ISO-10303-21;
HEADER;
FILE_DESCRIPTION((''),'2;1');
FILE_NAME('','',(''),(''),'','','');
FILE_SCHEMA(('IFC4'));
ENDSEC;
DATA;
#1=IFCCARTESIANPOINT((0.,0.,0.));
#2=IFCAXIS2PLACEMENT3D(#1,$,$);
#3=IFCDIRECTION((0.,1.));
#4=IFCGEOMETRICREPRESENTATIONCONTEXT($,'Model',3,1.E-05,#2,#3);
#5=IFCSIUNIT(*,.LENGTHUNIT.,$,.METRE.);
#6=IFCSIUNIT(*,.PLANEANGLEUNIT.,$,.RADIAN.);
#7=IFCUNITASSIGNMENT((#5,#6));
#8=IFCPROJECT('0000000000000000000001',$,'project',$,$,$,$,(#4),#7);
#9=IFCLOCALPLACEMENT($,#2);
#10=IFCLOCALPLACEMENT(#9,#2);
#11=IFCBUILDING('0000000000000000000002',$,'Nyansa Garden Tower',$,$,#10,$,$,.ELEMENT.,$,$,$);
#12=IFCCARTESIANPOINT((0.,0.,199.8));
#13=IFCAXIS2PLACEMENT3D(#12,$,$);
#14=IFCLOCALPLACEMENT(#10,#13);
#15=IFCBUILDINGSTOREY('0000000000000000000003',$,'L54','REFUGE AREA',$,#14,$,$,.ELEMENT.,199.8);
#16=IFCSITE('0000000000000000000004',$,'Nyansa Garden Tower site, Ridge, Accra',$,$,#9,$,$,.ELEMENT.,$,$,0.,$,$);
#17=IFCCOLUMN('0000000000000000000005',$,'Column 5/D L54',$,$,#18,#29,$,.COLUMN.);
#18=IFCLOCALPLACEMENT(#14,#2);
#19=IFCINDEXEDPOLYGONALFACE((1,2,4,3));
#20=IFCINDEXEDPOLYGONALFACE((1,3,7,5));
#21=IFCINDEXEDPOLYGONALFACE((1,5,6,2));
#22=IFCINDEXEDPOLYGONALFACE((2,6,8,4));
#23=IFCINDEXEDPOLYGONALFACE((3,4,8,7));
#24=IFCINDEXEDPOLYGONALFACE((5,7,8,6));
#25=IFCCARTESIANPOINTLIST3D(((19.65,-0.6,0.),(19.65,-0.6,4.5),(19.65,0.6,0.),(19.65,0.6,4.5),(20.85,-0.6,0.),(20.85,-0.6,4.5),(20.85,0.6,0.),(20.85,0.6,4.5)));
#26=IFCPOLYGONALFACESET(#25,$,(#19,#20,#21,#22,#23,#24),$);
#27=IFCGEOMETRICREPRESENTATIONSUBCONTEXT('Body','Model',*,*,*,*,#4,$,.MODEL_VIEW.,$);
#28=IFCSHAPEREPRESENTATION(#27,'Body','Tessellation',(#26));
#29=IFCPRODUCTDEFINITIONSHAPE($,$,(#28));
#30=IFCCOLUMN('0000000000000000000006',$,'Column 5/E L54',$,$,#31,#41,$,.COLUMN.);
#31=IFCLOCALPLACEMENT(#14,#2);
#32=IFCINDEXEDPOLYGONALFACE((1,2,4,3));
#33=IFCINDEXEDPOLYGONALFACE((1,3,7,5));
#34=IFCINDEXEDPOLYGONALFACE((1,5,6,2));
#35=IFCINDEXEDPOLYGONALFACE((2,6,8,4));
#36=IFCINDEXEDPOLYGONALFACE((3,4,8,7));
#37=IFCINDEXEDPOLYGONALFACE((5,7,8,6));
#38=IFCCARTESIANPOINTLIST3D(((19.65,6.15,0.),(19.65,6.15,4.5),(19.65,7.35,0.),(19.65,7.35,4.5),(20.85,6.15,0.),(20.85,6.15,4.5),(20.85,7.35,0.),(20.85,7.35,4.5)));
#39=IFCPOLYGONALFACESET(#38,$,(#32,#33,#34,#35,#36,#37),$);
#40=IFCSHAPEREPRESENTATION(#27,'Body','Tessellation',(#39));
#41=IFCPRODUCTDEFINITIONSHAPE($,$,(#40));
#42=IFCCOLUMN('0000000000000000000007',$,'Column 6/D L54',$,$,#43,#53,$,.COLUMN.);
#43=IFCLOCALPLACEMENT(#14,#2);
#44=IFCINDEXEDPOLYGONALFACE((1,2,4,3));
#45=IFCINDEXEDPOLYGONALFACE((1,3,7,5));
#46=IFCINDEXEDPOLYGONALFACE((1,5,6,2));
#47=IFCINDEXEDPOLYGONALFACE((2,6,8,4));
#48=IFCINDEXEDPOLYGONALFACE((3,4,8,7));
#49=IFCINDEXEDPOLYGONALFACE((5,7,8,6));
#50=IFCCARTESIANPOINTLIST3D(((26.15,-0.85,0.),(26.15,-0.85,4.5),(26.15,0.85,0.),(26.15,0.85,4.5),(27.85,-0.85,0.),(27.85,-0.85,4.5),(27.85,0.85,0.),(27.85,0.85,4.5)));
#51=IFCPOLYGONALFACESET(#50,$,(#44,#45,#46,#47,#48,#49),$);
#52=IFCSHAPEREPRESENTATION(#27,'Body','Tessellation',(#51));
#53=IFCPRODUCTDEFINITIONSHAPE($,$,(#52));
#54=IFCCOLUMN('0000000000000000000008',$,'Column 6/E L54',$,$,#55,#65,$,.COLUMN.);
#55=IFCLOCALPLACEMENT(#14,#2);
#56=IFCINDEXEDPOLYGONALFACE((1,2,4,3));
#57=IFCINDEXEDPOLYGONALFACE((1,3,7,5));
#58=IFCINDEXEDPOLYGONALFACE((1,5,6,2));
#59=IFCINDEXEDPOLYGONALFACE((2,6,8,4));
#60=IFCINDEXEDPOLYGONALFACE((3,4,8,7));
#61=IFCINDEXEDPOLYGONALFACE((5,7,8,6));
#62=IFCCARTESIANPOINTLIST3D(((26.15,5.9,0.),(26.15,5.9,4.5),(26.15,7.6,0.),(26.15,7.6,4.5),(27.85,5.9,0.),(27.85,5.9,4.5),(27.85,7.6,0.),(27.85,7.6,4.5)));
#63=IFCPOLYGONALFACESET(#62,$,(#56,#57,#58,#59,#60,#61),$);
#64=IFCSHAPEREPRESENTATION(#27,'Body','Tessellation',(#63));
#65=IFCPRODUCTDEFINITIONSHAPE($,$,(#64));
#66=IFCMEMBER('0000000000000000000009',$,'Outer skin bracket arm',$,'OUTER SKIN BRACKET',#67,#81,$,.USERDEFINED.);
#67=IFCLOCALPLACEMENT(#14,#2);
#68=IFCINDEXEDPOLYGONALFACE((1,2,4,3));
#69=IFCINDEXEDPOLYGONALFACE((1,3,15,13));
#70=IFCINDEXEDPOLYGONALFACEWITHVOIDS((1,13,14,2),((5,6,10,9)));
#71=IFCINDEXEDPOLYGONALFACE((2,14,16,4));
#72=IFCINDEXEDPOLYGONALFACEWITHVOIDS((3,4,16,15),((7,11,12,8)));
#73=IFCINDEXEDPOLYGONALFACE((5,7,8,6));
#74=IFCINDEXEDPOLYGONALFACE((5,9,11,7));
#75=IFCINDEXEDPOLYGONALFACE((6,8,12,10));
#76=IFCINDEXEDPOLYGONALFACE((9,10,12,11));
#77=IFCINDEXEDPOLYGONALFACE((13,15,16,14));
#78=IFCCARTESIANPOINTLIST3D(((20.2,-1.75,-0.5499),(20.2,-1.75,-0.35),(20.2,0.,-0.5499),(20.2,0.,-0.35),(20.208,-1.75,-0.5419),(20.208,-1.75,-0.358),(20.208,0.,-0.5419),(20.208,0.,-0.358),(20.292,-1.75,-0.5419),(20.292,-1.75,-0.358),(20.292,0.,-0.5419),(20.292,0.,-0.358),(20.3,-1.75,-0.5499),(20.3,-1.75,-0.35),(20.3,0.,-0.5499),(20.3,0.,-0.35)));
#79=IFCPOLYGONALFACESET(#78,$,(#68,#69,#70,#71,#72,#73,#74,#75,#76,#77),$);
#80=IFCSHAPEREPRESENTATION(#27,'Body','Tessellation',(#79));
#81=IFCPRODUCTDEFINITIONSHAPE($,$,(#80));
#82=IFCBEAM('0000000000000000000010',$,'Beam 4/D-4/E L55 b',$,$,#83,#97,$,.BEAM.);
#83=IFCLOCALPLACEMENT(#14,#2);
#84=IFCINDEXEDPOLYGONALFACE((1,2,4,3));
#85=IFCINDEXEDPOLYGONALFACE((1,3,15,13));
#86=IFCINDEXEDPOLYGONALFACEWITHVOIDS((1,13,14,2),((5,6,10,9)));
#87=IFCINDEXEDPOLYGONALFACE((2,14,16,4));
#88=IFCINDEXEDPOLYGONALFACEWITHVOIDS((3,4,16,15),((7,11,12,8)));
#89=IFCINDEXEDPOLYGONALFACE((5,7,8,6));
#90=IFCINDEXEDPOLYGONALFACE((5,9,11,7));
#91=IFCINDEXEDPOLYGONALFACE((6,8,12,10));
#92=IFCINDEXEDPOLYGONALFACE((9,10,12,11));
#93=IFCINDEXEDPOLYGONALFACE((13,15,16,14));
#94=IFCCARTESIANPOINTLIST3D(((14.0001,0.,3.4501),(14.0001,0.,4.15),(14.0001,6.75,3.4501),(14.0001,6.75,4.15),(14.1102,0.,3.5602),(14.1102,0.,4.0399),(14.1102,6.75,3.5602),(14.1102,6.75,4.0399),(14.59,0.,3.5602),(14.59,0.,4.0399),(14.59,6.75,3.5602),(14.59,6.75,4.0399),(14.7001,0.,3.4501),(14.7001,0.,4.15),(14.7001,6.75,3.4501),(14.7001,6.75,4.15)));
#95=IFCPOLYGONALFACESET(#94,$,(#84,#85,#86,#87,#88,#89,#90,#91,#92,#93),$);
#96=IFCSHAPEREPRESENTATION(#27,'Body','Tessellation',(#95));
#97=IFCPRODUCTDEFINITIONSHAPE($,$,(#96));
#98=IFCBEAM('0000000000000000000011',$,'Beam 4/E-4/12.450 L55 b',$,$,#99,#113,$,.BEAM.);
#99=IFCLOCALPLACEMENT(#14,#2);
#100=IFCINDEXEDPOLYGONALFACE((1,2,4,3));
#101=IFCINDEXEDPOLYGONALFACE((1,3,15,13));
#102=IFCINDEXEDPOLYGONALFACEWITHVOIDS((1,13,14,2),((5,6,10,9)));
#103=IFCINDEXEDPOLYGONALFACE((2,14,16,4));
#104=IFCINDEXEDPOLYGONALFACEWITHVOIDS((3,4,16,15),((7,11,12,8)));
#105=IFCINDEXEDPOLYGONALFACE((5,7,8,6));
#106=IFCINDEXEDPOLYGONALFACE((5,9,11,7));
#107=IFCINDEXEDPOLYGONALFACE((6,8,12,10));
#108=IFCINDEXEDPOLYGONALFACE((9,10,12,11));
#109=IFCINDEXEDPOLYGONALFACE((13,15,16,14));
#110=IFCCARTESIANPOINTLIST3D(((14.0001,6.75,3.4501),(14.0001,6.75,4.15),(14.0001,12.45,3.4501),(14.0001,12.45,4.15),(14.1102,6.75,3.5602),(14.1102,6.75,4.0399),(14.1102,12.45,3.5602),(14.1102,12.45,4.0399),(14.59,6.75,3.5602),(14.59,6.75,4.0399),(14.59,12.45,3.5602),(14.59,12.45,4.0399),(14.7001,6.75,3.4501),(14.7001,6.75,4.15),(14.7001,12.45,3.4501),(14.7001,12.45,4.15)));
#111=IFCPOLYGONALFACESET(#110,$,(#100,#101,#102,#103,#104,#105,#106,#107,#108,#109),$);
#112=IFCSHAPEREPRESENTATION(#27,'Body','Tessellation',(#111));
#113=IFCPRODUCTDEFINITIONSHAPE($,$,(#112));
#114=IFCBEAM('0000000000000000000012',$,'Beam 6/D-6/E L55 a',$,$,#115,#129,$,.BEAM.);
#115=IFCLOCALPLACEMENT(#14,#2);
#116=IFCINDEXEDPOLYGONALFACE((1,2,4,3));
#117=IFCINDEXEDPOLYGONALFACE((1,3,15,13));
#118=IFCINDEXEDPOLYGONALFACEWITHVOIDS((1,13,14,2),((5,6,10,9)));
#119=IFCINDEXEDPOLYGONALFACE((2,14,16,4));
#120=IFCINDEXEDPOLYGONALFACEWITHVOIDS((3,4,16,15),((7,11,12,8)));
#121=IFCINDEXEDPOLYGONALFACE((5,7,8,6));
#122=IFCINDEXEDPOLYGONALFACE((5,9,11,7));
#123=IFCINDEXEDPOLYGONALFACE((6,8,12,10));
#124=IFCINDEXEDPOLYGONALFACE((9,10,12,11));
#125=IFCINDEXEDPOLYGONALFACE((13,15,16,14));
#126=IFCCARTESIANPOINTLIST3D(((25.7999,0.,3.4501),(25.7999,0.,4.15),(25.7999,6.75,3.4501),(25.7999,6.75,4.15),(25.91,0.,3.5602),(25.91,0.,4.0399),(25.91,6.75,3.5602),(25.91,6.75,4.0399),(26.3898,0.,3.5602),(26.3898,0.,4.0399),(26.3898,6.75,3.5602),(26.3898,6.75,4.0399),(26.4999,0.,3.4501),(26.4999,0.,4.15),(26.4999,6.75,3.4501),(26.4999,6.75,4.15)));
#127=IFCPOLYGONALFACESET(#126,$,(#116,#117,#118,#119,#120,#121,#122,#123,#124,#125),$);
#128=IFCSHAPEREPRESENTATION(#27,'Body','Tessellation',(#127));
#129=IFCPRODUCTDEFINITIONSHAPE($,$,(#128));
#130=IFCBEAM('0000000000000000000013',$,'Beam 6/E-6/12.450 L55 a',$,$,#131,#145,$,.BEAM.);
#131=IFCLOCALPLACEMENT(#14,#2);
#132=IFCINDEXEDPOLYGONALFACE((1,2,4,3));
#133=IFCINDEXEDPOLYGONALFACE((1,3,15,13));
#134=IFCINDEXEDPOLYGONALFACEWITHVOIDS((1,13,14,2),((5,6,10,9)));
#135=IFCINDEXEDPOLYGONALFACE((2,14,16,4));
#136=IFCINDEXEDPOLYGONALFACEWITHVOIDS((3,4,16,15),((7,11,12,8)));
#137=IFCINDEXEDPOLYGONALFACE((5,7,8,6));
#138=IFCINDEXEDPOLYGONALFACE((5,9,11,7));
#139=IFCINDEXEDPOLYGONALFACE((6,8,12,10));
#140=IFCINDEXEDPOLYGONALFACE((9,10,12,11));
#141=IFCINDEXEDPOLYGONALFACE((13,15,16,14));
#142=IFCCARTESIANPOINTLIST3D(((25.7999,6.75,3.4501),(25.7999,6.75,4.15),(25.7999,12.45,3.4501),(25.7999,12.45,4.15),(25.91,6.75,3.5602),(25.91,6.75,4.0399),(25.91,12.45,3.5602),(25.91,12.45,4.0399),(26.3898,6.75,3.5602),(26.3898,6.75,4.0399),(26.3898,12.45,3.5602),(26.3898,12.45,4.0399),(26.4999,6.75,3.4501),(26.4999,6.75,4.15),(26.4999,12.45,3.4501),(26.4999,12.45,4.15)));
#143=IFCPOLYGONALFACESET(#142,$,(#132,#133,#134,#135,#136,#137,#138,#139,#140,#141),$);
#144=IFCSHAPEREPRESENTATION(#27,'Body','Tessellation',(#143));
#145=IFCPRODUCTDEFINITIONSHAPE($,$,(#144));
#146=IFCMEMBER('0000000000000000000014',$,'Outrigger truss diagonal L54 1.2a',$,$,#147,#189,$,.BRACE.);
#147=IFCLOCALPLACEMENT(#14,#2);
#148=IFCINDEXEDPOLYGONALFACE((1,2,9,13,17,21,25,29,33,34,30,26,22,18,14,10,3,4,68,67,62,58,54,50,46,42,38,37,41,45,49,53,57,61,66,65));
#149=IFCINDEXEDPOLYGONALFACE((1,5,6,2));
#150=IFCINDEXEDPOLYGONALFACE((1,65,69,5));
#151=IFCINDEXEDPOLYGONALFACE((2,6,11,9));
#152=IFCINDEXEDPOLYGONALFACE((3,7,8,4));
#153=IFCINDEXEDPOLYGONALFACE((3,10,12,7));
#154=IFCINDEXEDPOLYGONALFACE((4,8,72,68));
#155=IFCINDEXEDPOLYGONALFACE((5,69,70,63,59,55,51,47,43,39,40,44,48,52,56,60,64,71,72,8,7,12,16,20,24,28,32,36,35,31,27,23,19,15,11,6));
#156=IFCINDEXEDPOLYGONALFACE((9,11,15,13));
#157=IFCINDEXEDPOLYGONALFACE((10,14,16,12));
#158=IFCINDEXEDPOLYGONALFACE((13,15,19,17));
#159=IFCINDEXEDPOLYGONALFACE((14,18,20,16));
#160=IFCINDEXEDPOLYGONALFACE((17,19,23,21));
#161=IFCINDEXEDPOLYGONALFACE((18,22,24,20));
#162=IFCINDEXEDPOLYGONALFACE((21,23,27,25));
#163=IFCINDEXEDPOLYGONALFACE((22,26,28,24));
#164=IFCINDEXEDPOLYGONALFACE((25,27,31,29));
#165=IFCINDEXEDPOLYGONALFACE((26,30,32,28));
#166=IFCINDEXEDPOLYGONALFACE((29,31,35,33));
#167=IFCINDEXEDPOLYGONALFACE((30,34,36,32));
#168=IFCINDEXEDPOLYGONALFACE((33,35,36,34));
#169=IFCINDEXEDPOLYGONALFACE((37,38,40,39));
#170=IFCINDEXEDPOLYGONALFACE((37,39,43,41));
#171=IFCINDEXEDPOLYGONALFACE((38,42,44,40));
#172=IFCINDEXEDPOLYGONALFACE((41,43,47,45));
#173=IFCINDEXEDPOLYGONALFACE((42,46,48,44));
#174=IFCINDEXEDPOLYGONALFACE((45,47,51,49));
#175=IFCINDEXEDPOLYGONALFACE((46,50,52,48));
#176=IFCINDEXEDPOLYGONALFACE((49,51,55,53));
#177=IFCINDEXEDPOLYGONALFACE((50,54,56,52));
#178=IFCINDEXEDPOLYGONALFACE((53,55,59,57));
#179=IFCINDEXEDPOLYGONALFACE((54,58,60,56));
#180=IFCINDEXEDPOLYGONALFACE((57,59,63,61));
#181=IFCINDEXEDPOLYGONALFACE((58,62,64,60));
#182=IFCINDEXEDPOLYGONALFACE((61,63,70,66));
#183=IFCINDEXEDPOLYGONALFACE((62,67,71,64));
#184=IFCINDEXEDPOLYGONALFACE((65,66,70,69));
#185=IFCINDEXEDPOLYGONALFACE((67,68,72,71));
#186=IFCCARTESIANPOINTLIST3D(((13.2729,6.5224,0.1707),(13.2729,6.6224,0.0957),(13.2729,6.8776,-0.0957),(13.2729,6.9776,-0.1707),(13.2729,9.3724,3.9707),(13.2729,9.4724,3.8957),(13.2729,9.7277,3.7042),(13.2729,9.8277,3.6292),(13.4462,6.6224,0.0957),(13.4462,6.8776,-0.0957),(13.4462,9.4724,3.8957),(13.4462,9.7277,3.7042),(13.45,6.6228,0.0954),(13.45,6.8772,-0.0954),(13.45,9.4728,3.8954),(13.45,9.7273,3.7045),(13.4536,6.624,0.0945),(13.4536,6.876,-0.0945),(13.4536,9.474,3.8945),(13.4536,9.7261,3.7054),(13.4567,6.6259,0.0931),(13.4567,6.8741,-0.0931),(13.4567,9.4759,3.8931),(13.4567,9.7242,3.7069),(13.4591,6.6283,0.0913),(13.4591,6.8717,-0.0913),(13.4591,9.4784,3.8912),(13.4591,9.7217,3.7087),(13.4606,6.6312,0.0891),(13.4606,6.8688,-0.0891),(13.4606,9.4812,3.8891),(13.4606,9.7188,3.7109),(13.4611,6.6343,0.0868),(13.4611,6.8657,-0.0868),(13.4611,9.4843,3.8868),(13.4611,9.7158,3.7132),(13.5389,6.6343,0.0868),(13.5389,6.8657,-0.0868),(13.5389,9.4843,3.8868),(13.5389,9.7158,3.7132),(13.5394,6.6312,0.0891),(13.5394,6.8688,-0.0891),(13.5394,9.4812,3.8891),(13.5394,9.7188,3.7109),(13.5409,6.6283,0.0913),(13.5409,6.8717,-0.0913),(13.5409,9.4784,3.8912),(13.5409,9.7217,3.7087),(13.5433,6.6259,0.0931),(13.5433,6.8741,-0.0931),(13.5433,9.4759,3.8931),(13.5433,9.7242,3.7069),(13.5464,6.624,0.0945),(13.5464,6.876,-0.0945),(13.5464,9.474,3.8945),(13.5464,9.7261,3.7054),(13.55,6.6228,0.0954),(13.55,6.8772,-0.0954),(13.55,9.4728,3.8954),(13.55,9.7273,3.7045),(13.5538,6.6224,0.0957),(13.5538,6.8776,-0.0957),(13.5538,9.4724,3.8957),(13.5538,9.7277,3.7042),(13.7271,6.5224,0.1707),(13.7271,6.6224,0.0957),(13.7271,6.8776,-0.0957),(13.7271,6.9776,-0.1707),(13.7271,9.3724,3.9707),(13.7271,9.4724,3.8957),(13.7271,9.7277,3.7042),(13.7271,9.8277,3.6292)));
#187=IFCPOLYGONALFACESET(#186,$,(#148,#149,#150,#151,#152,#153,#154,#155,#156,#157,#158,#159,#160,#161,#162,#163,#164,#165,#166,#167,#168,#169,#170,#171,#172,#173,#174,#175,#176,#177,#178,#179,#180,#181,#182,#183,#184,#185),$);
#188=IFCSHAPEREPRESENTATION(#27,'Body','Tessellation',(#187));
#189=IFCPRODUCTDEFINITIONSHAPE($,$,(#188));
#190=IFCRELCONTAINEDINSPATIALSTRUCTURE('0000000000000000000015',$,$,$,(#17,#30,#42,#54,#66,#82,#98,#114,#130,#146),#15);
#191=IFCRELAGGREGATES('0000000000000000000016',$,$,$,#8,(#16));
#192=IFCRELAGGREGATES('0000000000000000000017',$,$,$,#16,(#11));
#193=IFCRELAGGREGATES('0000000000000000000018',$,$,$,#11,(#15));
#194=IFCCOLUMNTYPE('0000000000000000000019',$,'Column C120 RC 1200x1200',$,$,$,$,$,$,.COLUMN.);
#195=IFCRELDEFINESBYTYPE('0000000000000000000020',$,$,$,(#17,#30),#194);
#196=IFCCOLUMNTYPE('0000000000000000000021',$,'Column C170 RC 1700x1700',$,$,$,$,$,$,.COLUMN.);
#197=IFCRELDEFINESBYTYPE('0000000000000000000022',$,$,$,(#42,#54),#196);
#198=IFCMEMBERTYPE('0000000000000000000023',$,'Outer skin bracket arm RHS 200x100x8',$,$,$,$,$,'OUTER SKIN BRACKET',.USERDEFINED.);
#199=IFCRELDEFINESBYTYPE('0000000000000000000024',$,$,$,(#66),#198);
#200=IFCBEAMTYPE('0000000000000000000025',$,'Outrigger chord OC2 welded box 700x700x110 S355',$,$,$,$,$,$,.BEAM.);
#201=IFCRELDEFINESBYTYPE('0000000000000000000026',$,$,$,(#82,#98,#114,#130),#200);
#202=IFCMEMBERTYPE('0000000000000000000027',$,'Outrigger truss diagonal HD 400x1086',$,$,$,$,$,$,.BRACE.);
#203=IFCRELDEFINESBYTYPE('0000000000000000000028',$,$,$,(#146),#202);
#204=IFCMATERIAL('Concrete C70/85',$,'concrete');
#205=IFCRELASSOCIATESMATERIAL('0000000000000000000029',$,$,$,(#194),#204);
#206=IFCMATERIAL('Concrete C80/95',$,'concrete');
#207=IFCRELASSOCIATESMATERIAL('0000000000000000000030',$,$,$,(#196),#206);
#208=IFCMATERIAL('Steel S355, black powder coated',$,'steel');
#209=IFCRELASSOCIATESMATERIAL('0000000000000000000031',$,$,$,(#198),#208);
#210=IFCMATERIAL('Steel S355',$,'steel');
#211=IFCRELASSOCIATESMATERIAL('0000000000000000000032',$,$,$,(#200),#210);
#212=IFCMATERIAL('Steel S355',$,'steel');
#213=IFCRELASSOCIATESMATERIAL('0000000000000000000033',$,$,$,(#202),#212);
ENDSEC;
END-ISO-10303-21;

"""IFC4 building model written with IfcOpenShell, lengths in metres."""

from ifc_helpers import new_model, si_unit, direction, frame, origin, origin_2d, place, context, subcontext, project, spatial, rectangle, hollow_rectangle, i_section, extrude, material, material_profile, profile_set, type_object, element, save


model = new_model("IFC4")

# Units and contexts
model_context = context("Model", 3, precision=1e-05, world=origin(), true_north=direction((0.0, 1.0)))
body_context = subcontext(model_context, "Body", "Model", "MODEL_VIEW")
ifc_project = project(units=[si_unit("LENGTHUNIT", "METRE"), si_unit("PLANEANGLEUNIT", "RADIAN")], contexts=[model_context])

# Site, building, storey
site_placement = place(None, origin())
site = spatial("IfcSite", under=ifc_project, at=site_placement, Name="Nyansa Garden Tower site, Ridge, Accra", CompositionType="ELEMENT", RefElevation=0.0)
building_placement = place(site_placement, origin())
building = spatial("IfcBuilding", under=site, at=building_placement, Name="Nyansa Garden Tower", CompositionType="ELEMENT")
storey_placement = place(building_placement, frame((0.0, 0.0, 199.8)))
storey = spatial("IfcBuildingStorey", under=building, at=storey_placement, Name="L54", Description="REFUGE AREA", CompositionType="ELEMENT", Elevation=199.8)

# Columns
ifc_material_1 = material(Name="Concrete C70/85", Category="concrete")
ifc_material_profile_1 = material_profile(ifc_material_1, rectangle(XDim=1.2, YDim=1.2, at=origin_2d()), Name="RC 1200x1200")
ifc_profile_set_1 = profile_set([ifc_material_profile_1], Name="Concrete C70/85")
column_type_1 = type_object("IfcColumnType", Name="Column C120 RC 1200x1200", PredefinedType="COLUMN", material=ifc_profile_set_1)
for number, where, z_axis, x_axis, name in (
    (1, (20.25, 0.0, 0.0), (0.0, 0.0, 1.0), (1.0, 0.0, 0.0), "Column 5/D L54"),
    (2, (20.25, 6.75, 0.0), (0.0, 0.0, 1.0), (1.0, 0.0, 0.0), "Column 5/E L54"),
):
    element("IfcColumn", number, at=place(storey_placement, frame(where, z_axis=z_axis, x_axis=x_axis)), inside=storey, type_object=column_type_1, Name=name, PredefinedType="COLUMN", context=body_context, shape_type="SweptSolid", body=[
        extrude(rectangle(XDim=1.2, YDim=1.2, at=origin_2d()), origin(), (0.0, 0.0, 1.0), 4.5),
    ])
ifc_material_2 = material(Name="Concrete C80/95", Category="concrete")
ifc_material_profile_2 = material_profile(ifc_material_2, rectangle(XDim=1.7, YDim=1.7, at=origin_2d()), Name="RC 1700x1700")
ifc_profile_set_2 = profile_set([ifc_material_profile_2], Name="Concrete C80/95")
column_type_2 = type_object("IfcColumnType", Name="Column C170 RC 1700x1700", PredefinedType="COLUMN", material=ifc_profile_set_2)
for number, where, z_axis, x_axis, name in (
    (3, (27.0, 0.0, 0.0), (0.0, 0.0, 1.0), (1.0, 0.0, 0.0), "Column 6/D L54"),
    (4, (27.0, 6.75, 0.0), (0.0, 0.0, 1.0), (1.0, 0.0, 0.0), "Column 6/E L54"),
):
    element("IfcColumn", number, at=place(storey_placement, frame(where, z_axis=z_axis, x_axis=x_axis)), inside=storey, type_object=column_type_2, Name=name, PredefinedType="COLUMN", context=body_context, shape_type="SweptSolid", body=[
        extrude(rectangle(XDim=1.7, YDim=1.7, at=origin_2d()), origin(), (0.0, 0.0, 1.0), 4.5),
    ])

# Member
ifc_material_3 = material(Name="Steel S355, black powder coated", Category="steel")
ifc_material_profile_3 = material_profile(ifc_material_3, hollow_rectangle(XDim=0.1001, YDim=0.2, WallThickness=0.0081, at=origin_2d()), Name="RHS 200x100x8")
ifc_profile_set_3 = profile_set([ifc_material_profile_3], Name="Steel S355, black powder coated")
member_type_1 = type_object("IfcMemberType", Name="Outer skin bracket arm RHS 200x100x8", ElementType="OUTER SKIN BRACKET", PredefinedType="USERDEFINED", material=ifc_profile_set_3)
member_1_placement = place(storey_placement, frame((20.25, 0.0, -0.45), z_axis=(0.0, -1.0, 0.0), x_axis=(1.0, 0.0, 0.0)))
element("IfcMember", 5, at=member_1_placement, inside=storey, type_object=member_type_1, Name="Outer skin bracket arm", ObjectType="OUTER SKIN BRACKET", PredefinedType="USERDEFINED", context=body_context, shape_type="SweptSolid", body=[
    extrude(hollow_rectangle(XDim=0.1001, YDim=0.2, WallThickness=0.0081, at=origin_2d()), origin(), (0.0, 0.0, 1.0), 1.75),
])

# Beams
ifc_material_4 = material(Name="Steel S355", Category="steel")
ifc_material_profile_4 = material_profile(ifc_material_4, hollow_rectangle(XDim=0.7, YDim=0.7, WallThickness=0.1101, at=origin_2d()), Name="Welded box 700x700x110")
ifc_profile_set_4 = profile_set([ifc_material_profile_4], Name="Steel S355")
beam_type_1 = type_object("IfcBeamType", Name="Outrigger chord OC2 welded box 700x700x110 S355", PredefinedType="BEAM", material=ifc_profile_set_4)
beam_1_placement = place(storey_placement, frame((14.3501, 0.0, 3.8), z_axis=(0.0, 1.0, 0.0), x_axis=(-1.0, 0.0, 0.0)))
element("IfcBeam", 6, at=beam_1_placement, inside=storey, type_object=beam_type_1, Name="Beam 4/D-4/E L55 b", PredefinedType="BEAM", context=body_context, shape_type="SweptSolid", body=[
    extrude(hollow_rectangle(XDim=0.7, YDim=0.7, WallThickness=0.1101, at=origin_2d()), origin(), (0.0, 0.0, 1.0), 6.75),
])
beam_2_placement = place(storey_placement, frame((14.3501, 6.75, 3.8), z_axis=(0.0, 1.0, 0.0), x_axis=(-1.0, 0.0, 0.0)))
element("IfcBeam", 7, at=beam_2_placement, inside=storey, type_object=beam_type_1, Name="Beam 4/E-4/12.450 L55 b", PredefinedType="BEAM", context=body_context, shape_type="SweptSolid", body=[
    extrude(hollow_rectangle(XDim=0.7, YDim=0.7, WallThickness=0.1101, at=origin_2d()), origin(), (0.0, 0.0, 1.0), 5.7),
])
beam_3_placement = place(storey_placement, frame((26.1499, 0.0, 3.8), z_axis=(0.0, 1.0, 0.0), x_axis=(-1.0, 0.0, 0.0)))
element("IfcBeam", 8, at=beam_3_placement, inside=storey, type_object=beam_type_1, Name="Beam 6/D-6/E L55 a", PredefinedType="BEAM", context=body_context, shape_type="SweptSolid", body=[
    extrude(hollow_rectangle(XDim=0.7, YDim=0.7, WallThickness=0.1101, at=origin_2d()), origin(), (0.0, 0.0, 1.0), 6.75),
])
beam_4_placement = place(storey_placement, frame((26.1499, 6.75, 3.8), z_axis=(0.0, 1.0, 0.0), x_axis=(-1.0, 0.0, 0.0)))
element("IfcBeam", 9, at=beam_4_placement, inside=storey, type_object=beam_type_1, Name="Beam 6/E-6/12.450 L55 a", PredefinedType="BEAM", context=body_context, shape_type="SweptSolid", body=[
    extrude(hollow_rectangle(XDim=0.7, YDim=0.7, WallThickness=0.1101, at=origin_2d()), origin(), (0.0, 0.0, 1.0), 5.7),
])

# Member
ifc_material_5 = material(Name="Steel S355", Category="steel")
ifc_material_profile_5 = material_profile(ifc_material_5, i_section(OverallWidth=0.4541, OverallDepth=0.5691, WebThickness=0.0779, FlangeThickness=0.125, FilletRadius=0.0149, at=origin_2d()), Name="HD 400x1086")
ifc_profile_set_5 = profile_set([ifc_material_profile_5], Name="Steel S355")
member_type_2 = type_object("IfcMemberType", Name="Outrigger truss diagonal HD 400x1086", PredefinedType="BRACE", material=ifc_profile_set_5)
member_2_placement = place(storey_placement, frame((13.5, 6.75, 0.0), z_axis=(0.0, 0.600008, 0.799994), x_axis=(-1.0, 0.0, 0.0)))
element("IfcMember", 10, at=member_2_placement, inside=storey, type_object=member_type_2, Name="Outrigger truss diagonal L54 1.2a", PredefinedType="BRACE", context=body_context, shape_type="SweptSolid", body=[
    extrude(i_section(OverallWidth=0.4541, OverallDepth=0.5691, WebThickness=0.0779, FlangeThickness=0.125, FilletRadius=0.0149, at=origin_2d()), origin(), (0.0, 0.0, 1.0), 4.75),
])

save(model, "model.ifc")
